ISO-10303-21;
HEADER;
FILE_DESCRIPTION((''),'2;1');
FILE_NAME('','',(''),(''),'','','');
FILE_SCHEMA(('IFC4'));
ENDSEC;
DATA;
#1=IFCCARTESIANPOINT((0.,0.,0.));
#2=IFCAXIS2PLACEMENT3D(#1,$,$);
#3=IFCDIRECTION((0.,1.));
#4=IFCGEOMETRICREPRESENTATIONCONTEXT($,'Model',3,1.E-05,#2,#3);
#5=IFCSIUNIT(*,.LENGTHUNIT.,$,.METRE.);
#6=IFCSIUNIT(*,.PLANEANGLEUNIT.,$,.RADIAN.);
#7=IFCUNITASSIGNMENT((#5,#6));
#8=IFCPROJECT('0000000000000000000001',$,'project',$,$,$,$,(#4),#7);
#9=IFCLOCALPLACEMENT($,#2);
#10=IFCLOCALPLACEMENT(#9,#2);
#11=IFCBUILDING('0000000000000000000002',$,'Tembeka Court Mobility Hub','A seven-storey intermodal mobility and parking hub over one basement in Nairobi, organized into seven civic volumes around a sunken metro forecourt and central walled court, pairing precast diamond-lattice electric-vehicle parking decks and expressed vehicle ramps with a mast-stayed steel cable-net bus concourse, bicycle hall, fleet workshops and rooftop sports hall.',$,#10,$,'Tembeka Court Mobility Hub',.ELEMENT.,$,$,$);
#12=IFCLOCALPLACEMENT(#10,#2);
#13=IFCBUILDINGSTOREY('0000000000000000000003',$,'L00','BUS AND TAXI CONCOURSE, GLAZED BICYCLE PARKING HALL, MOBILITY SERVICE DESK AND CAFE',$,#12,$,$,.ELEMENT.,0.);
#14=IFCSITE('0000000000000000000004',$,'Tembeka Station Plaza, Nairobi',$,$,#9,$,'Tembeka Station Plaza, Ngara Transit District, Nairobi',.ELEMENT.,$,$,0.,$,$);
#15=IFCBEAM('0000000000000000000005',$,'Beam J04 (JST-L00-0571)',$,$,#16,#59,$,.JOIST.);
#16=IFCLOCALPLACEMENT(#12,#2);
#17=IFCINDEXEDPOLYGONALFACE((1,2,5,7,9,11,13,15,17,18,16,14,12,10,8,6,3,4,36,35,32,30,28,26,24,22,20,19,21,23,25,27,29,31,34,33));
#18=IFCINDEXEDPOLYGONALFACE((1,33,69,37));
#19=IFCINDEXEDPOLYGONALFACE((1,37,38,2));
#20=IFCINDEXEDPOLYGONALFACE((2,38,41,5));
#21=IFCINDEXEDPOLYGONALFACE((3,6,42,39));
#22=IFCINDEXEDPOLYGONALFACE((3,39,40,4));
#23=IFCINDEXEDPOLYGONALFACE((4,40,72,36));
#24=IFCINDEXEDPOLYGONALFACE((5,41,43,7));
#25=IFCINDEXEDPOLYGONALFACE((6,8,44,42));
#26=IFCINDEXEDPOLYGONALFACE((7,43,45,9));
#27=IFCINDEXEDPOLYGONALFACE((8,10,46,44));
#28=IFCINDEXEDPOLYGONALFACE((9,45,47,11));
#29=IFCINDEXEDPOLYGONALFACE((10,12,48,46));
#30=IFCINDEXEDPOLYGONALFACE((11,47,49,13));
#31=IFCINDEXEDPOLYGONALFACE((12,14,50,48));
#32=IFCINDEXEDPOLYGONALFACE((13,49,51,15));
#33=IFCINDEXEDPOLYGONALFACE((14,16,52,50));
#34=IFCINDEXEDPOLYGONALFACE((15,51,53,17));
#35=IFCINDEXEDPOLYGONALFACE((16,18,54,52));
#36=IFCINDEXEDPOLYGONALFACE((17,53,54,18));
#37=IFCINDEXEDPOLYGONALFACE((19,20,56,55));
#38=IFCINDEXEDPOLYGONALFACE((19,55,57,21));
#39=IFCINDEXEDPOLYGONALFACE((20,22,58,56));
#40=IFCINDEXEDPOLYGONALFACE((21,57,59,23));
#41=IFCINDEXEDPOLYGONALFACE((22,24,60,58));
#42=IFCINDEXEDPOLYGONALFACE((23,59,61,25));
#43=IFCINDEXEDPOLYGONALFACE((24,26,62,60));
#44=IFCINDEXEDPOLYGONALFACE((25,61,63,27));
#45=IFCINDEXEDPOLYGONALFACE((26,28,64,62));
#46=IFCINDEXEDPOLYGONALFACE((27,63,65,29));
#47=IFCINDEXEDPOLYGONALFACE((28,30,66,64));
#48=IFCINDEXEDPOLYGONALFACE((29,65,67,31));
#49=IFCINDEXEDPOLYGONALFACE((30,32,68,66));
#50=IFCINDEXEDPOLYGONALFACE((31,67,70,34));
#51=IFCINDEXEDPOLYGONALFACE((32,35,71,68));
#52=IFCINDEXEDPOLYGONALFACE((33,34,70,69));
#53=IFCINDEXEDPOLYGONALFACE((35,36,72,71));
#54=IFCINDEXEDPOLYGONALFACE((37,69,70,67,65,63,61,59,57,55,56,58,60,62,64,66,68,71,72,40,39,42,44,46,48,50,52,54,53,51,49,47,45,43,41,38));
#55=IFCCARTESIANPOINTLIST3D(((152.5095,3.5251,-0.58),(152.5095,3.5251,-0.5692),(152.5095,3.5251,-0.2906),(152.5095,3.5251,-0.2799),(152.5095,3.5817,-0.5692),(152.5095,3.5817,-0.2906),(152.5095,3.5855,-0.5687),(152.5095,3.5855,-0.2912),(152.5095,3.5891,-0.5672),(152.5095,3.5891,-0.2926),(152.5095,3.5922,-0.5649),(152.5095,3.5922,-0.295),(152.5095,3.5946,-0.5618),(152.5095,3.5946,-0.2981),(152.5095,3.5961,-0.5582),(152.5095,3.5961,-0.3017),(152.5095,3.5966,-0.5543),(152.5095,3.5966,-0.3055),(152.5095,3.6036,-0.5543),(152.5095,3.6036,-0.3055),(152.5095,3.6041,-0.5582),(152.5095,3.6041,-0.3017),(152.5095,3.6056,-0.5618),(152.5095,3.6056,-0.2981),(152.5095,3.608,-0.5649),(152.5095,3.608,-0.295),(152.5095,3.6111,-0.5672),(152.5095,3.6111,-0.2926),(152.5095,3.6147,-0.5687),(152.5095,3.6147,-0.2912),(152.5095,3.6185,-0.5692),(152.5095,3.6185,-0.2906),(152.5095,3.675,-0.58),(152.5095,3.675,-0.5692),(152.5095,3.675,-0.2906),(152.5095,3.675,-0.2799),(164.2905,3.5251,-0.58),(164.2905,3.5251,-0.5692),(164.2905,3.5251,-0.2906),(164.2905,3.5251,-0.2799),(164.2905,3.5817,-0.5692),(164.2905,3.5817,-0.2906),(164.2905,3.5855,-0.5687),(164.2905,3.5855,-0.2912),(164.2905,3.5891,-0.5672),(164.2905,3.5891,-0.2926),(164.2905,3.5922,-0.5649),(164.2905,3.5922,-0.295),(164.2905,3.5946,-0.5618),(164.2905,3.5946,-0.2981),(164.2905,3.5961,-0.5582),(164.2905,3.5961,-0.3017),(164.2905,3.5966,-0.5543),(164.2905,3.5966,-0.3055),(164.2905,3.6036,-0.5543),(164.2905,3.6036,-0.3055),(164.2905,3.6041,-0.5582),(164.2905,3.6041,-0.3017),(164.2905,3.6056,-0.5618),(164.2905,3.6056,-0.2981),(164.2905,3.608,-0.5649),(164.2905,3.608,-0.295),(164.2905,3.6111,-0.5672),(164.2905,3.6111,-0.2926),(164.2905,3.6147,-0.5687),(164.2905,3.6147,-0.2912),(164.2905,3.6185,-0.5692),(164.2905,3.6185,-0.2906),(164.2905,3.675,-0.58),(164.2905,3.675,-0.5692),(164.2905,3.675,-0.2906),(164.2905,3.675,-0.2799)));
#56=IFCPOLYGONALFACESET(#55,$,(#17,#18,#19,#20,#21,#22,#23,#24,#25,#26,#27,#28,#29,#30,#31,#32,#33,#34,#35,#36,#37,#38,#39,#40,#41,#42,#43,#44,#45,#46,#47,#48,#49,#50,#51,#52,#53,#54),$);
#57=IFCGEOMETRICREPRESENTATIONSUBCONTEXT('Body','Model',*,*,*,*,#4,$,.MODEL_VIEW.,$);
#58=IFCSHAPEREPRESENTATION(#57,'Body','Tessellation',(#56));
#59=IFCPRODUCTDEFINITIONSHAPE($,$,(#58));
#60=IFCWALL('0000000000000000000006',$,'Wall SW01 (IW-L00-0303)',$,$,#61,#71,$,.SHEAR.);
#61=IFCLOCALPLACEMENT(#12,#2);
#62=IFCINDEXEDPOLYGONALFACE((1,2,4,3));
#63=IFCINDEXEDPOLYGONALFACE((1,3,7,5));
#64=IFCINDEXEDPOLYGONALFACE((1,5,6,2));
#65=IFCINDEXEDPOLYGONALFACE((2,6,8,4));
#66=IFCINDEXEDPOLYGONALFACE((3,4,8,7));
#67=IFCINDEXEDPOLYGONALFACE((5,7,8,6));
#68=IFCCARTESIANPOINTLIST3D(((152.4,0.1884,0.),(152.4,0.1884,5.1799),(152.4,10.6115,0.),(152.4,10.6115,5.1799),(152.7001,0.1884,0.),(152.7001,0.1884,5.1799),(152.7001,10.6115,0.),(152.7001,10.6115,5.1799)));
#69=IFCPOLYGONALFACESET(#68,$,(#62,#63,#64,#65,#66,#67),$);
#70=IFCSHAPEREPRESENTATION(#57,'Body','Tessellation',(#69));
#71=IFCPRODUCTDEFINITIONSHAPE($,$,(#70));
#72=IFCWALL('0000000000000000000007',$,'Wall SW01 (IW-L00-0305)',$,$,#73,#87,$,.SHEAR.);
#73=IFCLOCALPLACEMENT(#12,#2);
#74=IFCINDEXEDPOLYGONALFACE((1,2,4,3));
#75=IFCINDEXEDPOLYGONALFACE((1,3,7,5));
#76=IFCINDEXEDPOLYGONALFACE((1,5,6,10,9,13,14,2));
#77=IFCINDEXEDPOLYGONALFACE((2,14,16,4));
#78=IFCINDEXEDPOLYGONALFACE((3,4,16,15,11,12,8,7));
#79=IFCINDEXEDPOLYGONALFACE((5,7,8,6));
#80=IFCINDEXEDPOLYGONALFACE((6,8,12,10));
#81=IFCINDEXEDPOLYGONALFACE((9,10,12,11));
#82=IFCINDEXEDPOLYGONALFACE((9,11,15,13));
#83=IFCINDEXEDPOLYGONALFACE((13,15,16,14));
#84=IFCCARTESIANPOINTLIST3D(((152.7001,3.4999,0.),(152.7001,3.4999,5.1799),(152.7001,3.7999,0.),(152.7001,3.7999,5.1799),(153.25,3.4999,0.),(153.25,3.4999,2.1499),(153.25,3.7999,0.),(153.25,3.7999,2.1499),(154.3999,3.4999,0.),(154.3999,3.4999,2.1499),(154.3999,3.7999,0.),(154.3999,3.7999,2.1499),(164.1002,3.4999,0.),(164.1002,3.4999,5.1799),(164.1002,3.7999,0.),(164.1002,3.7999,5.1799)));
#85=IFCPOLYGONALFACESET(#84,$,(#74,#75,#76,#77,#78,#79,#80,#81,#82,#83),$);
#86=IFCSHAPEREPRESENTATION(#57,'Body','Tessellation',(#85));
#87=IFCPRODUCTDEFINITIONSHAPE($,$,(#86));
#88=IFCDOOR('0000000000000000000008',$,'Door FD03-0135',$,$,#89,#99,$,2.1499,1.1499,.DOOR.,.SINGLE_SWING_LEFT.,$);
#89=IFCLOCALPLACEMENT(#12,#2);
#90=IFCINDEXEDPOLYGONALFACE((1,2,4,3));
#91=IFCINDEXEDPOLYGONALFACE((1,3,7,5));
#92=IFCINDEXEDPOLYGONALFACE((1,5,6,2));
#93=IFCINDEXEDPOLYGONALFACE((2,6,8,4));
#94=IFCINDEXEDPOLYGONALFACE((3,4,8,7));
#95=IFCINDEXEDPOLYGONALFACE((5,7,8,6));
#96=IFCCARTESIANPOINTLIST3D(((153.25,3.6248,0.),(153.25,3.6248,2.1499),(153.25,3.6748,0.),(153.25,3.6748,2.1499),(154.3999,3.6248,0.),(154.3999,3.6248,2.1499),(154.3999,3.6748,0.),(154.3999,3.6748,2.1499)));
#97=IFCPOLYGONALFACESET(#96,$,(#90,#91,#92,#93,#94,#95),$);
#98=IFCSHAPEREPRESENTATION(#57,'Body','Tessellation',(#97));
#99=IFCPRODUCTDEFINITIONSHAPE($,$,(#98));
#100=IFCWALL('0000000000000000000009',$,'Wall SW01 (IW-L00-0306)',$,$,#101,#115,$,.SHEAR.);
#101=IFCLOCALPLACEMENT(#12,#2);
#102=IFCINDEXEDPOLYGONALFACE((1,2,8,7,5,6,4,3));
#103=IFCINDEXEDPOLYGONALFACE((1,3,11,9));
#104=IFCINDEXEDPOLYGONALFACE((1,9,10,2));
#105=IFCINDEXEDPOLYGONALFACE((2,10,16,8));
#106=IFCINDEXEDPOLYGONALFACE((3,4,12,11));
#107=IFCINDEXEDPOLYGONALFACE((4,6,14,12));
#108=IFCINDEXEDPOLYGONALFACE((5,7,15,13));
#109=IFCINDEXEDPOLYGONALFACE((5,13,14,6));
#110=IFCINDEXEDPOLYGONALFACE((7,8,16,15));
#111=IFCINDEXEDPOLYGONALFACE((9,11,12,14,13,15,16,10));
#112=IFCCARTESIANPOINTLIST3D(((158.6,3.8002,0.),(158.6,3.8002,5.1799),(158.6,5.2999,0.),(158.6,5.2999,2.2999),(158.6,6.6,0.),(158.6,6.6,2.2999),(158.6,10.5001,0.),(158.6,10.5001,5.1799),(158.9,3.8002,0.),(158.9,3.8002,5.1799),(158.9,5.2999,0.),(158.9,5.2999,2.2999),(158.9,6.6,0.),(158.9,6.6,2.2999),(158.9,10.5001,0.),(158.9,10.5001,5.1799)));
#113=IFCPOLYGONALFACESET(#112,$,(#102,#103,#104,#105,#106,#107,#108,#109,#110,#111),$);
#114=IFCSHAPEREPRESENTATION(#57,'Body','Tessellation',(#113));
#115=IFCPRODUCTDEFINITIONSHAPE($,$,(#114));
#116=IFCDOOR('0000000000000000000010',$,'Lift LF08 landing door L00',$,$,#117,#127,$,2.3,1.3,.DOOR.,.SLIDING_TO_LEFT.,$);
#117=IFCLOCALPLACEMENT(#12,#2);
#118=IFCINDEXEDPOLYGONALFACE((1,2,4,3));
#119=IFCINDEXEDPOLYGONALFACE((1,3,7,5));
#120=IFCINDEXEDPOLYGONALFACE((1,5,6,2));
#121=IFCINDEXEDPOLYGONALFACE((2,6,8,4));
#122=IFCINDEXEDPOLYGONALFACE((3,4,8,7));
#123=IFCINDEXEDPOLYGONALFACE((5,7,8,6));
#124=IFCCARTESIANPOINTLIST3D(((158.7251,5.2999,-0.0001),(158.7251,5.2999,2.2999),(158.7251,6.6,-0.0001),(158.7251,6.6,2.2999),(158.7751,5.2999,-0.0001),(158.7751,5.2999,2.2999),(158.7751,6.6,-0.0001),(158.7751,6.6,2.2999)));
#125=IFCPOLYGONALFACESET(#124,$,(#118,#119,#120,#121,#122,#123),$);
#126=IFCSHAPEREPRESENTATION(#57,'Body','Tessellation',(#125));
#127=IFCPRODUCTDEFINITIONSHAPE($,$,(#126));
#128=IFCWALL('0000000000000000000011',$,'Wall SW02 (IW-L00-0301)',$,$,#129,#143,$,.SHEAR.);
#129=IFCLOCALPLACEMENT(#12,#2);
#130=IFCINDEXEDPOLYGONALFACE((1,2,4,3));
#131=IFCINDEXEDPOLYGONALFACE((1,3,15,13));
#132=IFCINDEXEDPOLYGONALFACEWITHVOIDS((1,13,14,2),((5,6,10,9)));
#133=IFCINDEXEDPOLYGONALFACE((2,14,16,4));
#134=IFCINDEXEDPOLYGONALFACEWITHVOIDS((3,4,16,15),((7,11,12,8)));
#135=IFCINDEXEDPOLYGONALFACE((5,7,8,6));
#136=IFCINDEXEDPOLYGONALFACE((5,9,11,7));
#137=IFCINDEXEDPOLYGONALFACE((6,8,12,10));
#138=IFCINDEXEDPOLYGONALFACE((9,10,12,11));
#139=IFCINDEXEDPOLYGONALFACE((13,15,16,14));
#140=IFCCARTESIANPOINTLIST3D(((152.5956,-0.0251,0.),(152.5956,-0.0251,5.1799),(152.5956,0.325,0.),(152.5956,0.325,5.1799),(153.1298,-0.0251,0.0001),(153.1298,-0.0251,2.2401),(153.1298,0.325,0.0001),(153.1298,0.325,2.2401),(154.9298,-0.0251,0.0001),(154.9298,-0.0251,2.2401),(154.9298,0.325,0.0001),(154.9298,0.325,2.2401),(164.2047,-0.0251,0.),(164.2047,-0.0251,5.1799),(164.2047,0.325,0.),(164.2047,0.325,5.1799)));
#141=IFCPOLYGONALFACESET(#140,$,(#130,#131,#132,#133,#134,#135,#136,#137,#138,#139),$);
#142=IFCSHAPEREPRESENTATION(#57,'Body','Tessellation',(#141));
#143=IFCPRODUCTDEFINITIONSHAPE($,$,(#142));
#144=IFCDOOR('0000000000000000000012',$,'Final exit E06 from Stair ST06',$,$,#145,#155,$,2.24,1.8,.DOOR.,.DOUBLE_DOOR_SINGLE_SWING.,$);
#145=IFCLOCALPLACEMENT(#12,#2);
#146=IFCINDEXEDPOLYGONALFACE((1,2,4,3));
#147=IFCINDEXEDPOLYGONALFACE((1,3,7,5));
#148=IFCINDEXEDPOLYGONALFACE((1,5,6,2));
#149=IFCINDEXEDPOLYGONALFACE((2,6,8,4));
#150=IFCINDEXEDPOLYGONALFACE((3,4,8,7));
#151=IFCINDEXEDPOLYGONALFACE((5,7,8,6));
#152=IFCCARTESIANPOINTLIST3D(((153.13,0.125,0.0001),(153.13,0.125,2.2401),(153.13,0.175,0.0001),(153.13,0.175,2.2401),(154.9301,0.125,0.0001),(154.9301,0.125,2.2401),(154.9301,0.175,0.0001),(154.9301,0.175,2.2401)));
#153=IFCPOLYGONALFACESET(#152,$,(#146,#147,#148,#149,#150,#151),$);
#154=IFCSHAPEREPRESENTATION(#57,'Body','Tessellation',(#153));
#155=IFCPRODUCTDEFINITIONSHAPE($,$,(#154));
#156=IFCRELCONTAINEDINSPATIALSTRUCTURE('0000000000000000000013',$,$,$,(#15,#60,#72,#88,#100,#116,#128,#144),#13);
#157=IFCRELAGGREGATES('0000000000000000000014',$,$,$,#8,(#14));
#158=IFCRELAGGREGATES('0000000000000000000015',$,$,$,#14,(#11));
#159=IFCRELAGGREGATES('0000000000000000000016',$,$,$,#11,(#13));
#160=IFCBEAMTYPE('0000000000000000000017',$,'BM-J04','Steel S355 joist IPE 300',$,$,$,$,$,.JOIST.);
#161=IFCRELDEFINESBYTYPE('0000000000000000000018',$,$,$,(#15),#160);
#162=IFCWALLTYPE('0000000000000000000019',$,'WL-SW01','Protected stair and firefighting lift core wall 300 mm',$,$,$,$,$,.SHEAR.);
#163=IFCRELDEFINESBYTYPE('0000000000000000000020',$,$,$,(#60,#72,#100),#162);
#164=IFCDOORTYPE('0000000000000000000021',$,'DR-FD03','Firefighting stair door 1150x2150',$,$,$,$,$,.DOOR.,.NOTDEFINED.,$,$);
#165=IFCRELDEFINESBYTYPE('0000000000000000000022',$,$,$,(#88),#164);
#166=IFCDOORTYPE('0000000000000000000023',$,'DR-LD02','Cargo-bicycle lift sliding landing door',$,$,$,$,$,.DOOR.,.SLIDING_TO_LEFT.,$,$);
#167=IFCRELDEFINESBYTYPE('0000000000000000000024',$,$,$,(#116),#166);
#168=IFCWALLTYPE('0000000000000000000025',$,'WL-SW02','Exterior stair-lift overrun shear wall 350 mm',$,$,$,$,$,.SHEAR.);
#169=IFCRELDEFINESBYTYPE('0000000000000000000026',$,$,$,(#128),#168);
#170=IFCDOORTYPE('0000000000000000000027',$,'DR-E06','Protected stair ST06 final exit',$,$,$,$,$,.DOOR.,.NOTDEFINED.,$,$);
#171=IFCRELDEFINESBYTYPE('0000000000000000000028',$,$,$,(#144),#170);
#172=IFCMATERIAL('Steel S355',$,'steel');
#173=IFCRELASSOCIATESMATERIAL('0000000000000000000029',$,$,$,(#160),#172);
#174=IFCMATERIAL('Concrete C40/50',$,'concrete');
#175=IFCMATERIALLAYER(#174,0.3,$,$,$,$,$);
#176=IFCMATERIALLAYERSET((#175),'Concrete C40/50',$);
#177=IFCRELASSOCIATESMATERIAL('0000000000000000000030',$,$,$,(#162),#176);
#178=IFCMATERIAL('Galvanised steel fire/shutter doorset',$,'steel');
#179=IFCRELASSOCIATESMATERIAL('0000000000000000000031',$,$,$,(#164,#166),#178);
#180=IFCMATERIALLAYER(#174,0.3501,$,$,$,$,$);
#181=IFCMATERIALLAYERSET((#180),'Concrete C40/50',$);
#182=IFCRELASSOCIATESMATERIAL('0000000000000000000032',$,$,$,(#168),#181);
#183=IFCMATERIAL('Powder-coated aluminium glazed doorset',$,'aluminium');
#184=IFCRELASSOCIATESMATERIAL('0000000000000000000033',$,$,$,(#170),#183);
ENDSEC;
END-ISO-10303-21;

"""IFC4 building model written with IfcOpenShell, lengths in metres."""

from ifc_helpers import new_model, si_unit, direction, frame, frame_2d, origin, origin_2d, place, context, subcontext, project, spatial, rectangle, i_section, extrude, material, layer, layer_set, material_profile, profile_set, type_object, element, fill, save


model = new_model("IFC4")

# Units and contexts
model_context = context("Model", 3, precision=1e-05, world=origin(), true_north=direction((0.0, 1.0)))
body_context = subcontext(model_context, "Body", "Model", "MODEL_VIEW")
ifc_project = project(units=[si_unit("LENGTHUNIT", "METRE"), si_unit("PLANEANGLEUNIT", "RADIAN")], contexts=[model_context])

# Site, building, storey
site_placement = place(None, origin())
site = spatial("IfcSite", under=ifc_project, at=site_placement, Name="Tembeka Station Plaza, Nairobi", LongName="Tembeka Station Plaza, Ngara Transit District, Nairobi", CompositionType="ELEMENT", RefElevation=0.0)
building_placement = place(site_placement, origin())
building = spatial("IfcBuilding", under=site, at=building_placement, Name="Tembeka Court Mobility Hub", Description="A seven-storey intermodal mobility and parking hub over one basement in Nairobi, organized into seven civic volumes around a sunken metro forecourt and central walled court, pairing precast diamond-lattice electric-vehicle parking decks and expressed vehicle ramps with a mast-stayed steel cable-net bus concourse, bicycle hall, fleet workshops and rooftop sports hall.", LongName="Tembeka Court Mobility Hub", CompositionType="ELEMENT")
storey_placement = place(building_placement, origin())
storey = spatial("IfcBuildingStorey", under=building, at=storey_placement, Name="L00", Description="BUS AND TAXI CONCOURSE, GLAZED BICYCLE PARKING HALL, MOBILITY SERVICE DESK AND CAFE", CompositionType="ELEMENT", Elevation=0.0)

# Shared definitions
ifc_material_1 = material(Name="Steel S355", Category="steel")

# Beam
ifc_material_profile_1 = material_profile(ifc_material_1, i_section(OverallWidth=0.1499, OverallDepth=0.3, WebThickness=0.0071, FlangeThickness=0.0107, FilletRadius=0.0149, at=origin_2d()), Name="IPE 300")
ifc_profile_set_1 = profile_set([ifc_material_profile_1], Name="Steel S355")
beam_type_1 = type_object("IfcBeamType", Name="BM-J04", Description="Steel S355 joist IPE 300", PredefinedType="JOIST", material=ifc_profile_set_1)
beam_1_placement = place(storey_placement, frame((152.5095, 3.6001, -0.4299), z_axis=(1.0, 0.0, 0.0), x_axis=(0.0, 1.0, 0.0)))
element("IfcBeam", 1, at=beam_1_placement, inside=storey, type_object=beam_type_1, Name="Beam J04 (JST-L00-0571)", PredefinedType="JOIST", context=body_context, shape_type="SweptSolid", body=[
    extrude(i_section(OverallWidth=0.1499, OverallDepth=0.3, WebThickness=0.0071, FlangeThickness=0.0107, FilletRadius=0.0149, at=origin_2d()), origin(), (0.0, 0.0, 1.0), 11.781),
])

# Wall
ifc_material_2 = material(Name="Concrete C40/50", Category="concrete")
ifc_layer_1 = layer(ifc_material_2, 0.3)
ifc_layer_set_1 = layer_set([ifc_layer_1], Name="Concrete C40/50")
wall_type_1 = type_object("IfcWallType", Name="WL-SW01", Description="Protected stair and firefighting lift core wall 300 mm", PredefinedType="SHEAR", material=ifc_layer_set_1)
wall_1_placement = place(storey_placement, frame((152.55, 0.1885, 0.0), z_axis=(0.0, 0.0, 1.0), x_axis=(0.0, 1.0, 0.0)))
element("IfcWall", 2, at=wall_1_placement, inside=storey, type_object=wall_type_1, Name="Wall SW01 (IW-L00-0303)", PredefinedType="SHEAR", context=body_context, shape_type="SweptSolid", body=[
    extrude(rectangle(XDim=10.4231, YDim=0.3, at=frame_2d((5.2114, 0.0))), origin(), (0.0, 0.0, 1.0), 5.1799),
])

# Walls, openings, doors
wall_2_placement = place(storey_placement, frame((152.7, 3.6499, 0.0), z_axis=(0.0, 0.0, 1.0), x_axis=(1.0, 0.0, 0.0)))
wall_2 = element("IfcWall", 3, at=wall_2_placement, inside=storey, type_object=wall_type_1, Name="Wall SW01 (IW-L00-0305)", PredefinedType="SHEAR", context=body_context, shape_type="SweptSolid", body=[
    extrude(rectangle(XDim=11.4001, YDim=0.3, at=frame_2d((5.7002, 0.0))), origin(), (0.0, 0.0, 1.0), 5.1799),
])
opening_1_placement = place(wall_2_placement, frame((0.55, 0.0, 0.0)))
opening_1 = element("IfcOpeningElement", 4, at=opening_1_placement, cuts=wall_2, PredefinedType="OPENING", context=body_context, shape_type="SweptSolid", body=[
    extrude(rectangle(XDim=1.1499, YDim=2.1499, at=frame_2d((0.575, 1.075))), frame((0.0, 0.1602, 0.0), z_axis=(0.0, -1.0, 0.0), x_axis=(1.0, 0.0, 0.0)), (0.0, 0.0, 1.0), 0.3201),
])
ifc_material_3 = material(Name="Galvanised steel fire/shutter doorset", Category="steel")
door_type_1 = type_object("IfcDoorType", Name="DR-FD03", Description="Firefighting stair door 1150x2150", OperationType="NOTDEFINED", PredefinedType="DOOR", material=ifc_material_3)
door_1_placement = place(opening_1_placement, origin())
door_1 = element("IfcDoor", 5, at=door_1_placement, inside=storey, type_object=door_type_1, Name="Door FD03-0135", OperationType="SINGLE_SWING_LEFT", OverallHeight=2.1499, OverallWidth=1.1499, PredefinedType="DOOR", context=body_context, shape_type="SweptSolid", body=[
    extrude(rectangle(XDim=1.1499, YDim=2.1499, at=frame_2d((0.575, 1.075))), frame((0.0, 0.0249, 0.0), z_axis=(0.0, -1.0, 0.0), x_axis=(1.0, 0.0, 0.0)), (0.0, 0.0, 1.0), 0.05),
])
fill(opening_1, door_1)
wall_3_placement = place(storey_placement, frame((158.75, 3.8, 0.0), z_axis=(0.0, 0.0, 1.0), x_axis=(0.0, 1.0, 0.0)))
wall_3 = element("IfcWall", 6, at=wall_3_placement, inside=storey, type_object=wall_type_1, Name="Wall SW01 (IW-L00-0306)", PredefinedType="SHEAR", context=body_context, shape_type="SweptSolid", body=[
    extrude(rectangle(XDim=6.7, YDim=0.3, at=frame_2d((3.3501, 0.0))), origin(), (0.0, 0.0, 1.0), 5.1799),
])
opening_2_placement = place(wall_3_placement, frame((1.5, 0.0, 0.0)))
opening_2 = element("IfcOpeningElement", 7, at=opening_2_placement, cuts=wall_3, PredefinedType="OPENING", context=body_context, shape_type="SweptSolid", body=[
    extrude(rectangle(XDim=1.3, YDim=2.3, at=frame_2d((0.6499, 1.1499))), frame((0.0, 0.1602, 0.0), z_axis=(0.0, -1.0, 0.0), x_axis=(1.0, 0.0, 0.0)), (0.0, 0.0, 1.0), 0.3201),
])
door_type_2 = type_object("IfcDoorType", Name="DR-LD02", Description="Cargo-bicycle lift sliding landing door", OperationType="SLIDING_TO_LEFT", PredefinedType="DOOR", material=ifc_material_3)
door_2_placement = place(opening_2_placement, origin())
door_2 = element("IfcDoor", 8, at=door_2_placement, inside=storey, type_object=door_type_2, Name="Lift LF08 landing door L00", OperationType="SLIDING_TO_LEFT", OverallHeight=2.3, OverallWidth=1.3, PredefinedType="DOOR", context=body_context, shape_type="SweptSolid", body=[
    extrude(rectangle(XDim=1.3, YDim=2.3, at=frame_2d((0.6499, 1.1499))), frame((0.0, 0.0249, 0.0), z_axis=(0.0, -1.0, 0.0), x_axis=(1.0, 0.0, 0.0)), (0.0, 0.0, 1.0), 0.05),
])
fill(opening_2, door_2)
ifc_layer_2 = layer(ifc_material_2, 0.3501)
ifc_layer_set_2 = layer_set([ifc_layer_2], Name="Concrete C40/50")
wall_type_2 = type_object("IfcWallType", Name="WL-SW02", Description="Exterior stair-lift overrun shear wall 350 mm", PredefinedType="SHEAR", material=ifc_layer_set_2)
wall_4_placement = place(storey_placement, frame((152.5955, 0.1499, 0.0), z_axis=(0.0, 0.0, 1.0), x_axis=(1.0, 0.0, 0.0)))
wall_4 = element("IfcWall", 9, at=wall_4_placement, inside=storey, type_object=wall_type_2, Name="Wall SW02 (IW-L00-0301)", PredefinedType="SHEAR", context=body_context, shape_type="SweptSolid", body=[
    extrude(rectangle(XDim=11.6091, YDim=0.3501, at=frame_2d((5.8047, 0.0))), origin(), (0.0, 0.0, 1.0), 5.1799),
])
opening_3_placement = place(wall_4_placement, frame((0.5344, 0.0, 0.0)))
opening_3 = element("IfcOpeningElement", 10, at=opening_3_placement, cuts=wall_4, PredefinedType="OPENING", context=body_context, shape_type="SweptSolid", body=[
    extrude(rectangle(XDim=1.8, YDim=2.24, at=frame_2d((0.8999, 1.1201))), frame((0.0, 0.1851, 0.0), z_axis=(0.0, -1.0, 0.0), x_axis=(1.0, 0.0, 0.0)), (0.0, 0.0, 1.0), 0.3701),
])
ifc_material_4 = material(Name="Powder-coated aluminium glazed doorset", Category="aluminium")
door_type_3 = type_object("IfcDoorType", Name="DR-E06", Description="Protected stair ST06 final exit", OperationType="NOTDEFINED", PredefinedType="DOOR", material=ifc_material_4)
door_3_placement = place(opening_3_placement, frame((1.8, 0.0, 0.0), z_axis=(0.0, 0.0, 1.0), x_axis=(-1.0, 0.0, 0.0)))
door_3 = element("IfcDoor", 11, at=door_3_placement, inside=storey, type_object=door_type_3, Name="Final exit E06 from Stair ST06", OperationType="DOUBLE_DOOR_SINGLE_SWING", OverallHeight=2.24, OverallWidth=1.8, PredefinedType="DOOR", context=body_context, shape_type="SweptSolid", body=[
    extrude(rectangle(XDim=1.8, YDim=2.24, at=frame_2d((0.8999, 1.1201))), frame((0.0, 0.0249, 0.0), z_axis=(0.0, -1.0, 0.0), x_axis=(1.0, 0.0, 0.0)), (0.0, 0.0, 1.0), 0.05),
])
fill(opening_3, door_3)

save(model, "model.ifc")
